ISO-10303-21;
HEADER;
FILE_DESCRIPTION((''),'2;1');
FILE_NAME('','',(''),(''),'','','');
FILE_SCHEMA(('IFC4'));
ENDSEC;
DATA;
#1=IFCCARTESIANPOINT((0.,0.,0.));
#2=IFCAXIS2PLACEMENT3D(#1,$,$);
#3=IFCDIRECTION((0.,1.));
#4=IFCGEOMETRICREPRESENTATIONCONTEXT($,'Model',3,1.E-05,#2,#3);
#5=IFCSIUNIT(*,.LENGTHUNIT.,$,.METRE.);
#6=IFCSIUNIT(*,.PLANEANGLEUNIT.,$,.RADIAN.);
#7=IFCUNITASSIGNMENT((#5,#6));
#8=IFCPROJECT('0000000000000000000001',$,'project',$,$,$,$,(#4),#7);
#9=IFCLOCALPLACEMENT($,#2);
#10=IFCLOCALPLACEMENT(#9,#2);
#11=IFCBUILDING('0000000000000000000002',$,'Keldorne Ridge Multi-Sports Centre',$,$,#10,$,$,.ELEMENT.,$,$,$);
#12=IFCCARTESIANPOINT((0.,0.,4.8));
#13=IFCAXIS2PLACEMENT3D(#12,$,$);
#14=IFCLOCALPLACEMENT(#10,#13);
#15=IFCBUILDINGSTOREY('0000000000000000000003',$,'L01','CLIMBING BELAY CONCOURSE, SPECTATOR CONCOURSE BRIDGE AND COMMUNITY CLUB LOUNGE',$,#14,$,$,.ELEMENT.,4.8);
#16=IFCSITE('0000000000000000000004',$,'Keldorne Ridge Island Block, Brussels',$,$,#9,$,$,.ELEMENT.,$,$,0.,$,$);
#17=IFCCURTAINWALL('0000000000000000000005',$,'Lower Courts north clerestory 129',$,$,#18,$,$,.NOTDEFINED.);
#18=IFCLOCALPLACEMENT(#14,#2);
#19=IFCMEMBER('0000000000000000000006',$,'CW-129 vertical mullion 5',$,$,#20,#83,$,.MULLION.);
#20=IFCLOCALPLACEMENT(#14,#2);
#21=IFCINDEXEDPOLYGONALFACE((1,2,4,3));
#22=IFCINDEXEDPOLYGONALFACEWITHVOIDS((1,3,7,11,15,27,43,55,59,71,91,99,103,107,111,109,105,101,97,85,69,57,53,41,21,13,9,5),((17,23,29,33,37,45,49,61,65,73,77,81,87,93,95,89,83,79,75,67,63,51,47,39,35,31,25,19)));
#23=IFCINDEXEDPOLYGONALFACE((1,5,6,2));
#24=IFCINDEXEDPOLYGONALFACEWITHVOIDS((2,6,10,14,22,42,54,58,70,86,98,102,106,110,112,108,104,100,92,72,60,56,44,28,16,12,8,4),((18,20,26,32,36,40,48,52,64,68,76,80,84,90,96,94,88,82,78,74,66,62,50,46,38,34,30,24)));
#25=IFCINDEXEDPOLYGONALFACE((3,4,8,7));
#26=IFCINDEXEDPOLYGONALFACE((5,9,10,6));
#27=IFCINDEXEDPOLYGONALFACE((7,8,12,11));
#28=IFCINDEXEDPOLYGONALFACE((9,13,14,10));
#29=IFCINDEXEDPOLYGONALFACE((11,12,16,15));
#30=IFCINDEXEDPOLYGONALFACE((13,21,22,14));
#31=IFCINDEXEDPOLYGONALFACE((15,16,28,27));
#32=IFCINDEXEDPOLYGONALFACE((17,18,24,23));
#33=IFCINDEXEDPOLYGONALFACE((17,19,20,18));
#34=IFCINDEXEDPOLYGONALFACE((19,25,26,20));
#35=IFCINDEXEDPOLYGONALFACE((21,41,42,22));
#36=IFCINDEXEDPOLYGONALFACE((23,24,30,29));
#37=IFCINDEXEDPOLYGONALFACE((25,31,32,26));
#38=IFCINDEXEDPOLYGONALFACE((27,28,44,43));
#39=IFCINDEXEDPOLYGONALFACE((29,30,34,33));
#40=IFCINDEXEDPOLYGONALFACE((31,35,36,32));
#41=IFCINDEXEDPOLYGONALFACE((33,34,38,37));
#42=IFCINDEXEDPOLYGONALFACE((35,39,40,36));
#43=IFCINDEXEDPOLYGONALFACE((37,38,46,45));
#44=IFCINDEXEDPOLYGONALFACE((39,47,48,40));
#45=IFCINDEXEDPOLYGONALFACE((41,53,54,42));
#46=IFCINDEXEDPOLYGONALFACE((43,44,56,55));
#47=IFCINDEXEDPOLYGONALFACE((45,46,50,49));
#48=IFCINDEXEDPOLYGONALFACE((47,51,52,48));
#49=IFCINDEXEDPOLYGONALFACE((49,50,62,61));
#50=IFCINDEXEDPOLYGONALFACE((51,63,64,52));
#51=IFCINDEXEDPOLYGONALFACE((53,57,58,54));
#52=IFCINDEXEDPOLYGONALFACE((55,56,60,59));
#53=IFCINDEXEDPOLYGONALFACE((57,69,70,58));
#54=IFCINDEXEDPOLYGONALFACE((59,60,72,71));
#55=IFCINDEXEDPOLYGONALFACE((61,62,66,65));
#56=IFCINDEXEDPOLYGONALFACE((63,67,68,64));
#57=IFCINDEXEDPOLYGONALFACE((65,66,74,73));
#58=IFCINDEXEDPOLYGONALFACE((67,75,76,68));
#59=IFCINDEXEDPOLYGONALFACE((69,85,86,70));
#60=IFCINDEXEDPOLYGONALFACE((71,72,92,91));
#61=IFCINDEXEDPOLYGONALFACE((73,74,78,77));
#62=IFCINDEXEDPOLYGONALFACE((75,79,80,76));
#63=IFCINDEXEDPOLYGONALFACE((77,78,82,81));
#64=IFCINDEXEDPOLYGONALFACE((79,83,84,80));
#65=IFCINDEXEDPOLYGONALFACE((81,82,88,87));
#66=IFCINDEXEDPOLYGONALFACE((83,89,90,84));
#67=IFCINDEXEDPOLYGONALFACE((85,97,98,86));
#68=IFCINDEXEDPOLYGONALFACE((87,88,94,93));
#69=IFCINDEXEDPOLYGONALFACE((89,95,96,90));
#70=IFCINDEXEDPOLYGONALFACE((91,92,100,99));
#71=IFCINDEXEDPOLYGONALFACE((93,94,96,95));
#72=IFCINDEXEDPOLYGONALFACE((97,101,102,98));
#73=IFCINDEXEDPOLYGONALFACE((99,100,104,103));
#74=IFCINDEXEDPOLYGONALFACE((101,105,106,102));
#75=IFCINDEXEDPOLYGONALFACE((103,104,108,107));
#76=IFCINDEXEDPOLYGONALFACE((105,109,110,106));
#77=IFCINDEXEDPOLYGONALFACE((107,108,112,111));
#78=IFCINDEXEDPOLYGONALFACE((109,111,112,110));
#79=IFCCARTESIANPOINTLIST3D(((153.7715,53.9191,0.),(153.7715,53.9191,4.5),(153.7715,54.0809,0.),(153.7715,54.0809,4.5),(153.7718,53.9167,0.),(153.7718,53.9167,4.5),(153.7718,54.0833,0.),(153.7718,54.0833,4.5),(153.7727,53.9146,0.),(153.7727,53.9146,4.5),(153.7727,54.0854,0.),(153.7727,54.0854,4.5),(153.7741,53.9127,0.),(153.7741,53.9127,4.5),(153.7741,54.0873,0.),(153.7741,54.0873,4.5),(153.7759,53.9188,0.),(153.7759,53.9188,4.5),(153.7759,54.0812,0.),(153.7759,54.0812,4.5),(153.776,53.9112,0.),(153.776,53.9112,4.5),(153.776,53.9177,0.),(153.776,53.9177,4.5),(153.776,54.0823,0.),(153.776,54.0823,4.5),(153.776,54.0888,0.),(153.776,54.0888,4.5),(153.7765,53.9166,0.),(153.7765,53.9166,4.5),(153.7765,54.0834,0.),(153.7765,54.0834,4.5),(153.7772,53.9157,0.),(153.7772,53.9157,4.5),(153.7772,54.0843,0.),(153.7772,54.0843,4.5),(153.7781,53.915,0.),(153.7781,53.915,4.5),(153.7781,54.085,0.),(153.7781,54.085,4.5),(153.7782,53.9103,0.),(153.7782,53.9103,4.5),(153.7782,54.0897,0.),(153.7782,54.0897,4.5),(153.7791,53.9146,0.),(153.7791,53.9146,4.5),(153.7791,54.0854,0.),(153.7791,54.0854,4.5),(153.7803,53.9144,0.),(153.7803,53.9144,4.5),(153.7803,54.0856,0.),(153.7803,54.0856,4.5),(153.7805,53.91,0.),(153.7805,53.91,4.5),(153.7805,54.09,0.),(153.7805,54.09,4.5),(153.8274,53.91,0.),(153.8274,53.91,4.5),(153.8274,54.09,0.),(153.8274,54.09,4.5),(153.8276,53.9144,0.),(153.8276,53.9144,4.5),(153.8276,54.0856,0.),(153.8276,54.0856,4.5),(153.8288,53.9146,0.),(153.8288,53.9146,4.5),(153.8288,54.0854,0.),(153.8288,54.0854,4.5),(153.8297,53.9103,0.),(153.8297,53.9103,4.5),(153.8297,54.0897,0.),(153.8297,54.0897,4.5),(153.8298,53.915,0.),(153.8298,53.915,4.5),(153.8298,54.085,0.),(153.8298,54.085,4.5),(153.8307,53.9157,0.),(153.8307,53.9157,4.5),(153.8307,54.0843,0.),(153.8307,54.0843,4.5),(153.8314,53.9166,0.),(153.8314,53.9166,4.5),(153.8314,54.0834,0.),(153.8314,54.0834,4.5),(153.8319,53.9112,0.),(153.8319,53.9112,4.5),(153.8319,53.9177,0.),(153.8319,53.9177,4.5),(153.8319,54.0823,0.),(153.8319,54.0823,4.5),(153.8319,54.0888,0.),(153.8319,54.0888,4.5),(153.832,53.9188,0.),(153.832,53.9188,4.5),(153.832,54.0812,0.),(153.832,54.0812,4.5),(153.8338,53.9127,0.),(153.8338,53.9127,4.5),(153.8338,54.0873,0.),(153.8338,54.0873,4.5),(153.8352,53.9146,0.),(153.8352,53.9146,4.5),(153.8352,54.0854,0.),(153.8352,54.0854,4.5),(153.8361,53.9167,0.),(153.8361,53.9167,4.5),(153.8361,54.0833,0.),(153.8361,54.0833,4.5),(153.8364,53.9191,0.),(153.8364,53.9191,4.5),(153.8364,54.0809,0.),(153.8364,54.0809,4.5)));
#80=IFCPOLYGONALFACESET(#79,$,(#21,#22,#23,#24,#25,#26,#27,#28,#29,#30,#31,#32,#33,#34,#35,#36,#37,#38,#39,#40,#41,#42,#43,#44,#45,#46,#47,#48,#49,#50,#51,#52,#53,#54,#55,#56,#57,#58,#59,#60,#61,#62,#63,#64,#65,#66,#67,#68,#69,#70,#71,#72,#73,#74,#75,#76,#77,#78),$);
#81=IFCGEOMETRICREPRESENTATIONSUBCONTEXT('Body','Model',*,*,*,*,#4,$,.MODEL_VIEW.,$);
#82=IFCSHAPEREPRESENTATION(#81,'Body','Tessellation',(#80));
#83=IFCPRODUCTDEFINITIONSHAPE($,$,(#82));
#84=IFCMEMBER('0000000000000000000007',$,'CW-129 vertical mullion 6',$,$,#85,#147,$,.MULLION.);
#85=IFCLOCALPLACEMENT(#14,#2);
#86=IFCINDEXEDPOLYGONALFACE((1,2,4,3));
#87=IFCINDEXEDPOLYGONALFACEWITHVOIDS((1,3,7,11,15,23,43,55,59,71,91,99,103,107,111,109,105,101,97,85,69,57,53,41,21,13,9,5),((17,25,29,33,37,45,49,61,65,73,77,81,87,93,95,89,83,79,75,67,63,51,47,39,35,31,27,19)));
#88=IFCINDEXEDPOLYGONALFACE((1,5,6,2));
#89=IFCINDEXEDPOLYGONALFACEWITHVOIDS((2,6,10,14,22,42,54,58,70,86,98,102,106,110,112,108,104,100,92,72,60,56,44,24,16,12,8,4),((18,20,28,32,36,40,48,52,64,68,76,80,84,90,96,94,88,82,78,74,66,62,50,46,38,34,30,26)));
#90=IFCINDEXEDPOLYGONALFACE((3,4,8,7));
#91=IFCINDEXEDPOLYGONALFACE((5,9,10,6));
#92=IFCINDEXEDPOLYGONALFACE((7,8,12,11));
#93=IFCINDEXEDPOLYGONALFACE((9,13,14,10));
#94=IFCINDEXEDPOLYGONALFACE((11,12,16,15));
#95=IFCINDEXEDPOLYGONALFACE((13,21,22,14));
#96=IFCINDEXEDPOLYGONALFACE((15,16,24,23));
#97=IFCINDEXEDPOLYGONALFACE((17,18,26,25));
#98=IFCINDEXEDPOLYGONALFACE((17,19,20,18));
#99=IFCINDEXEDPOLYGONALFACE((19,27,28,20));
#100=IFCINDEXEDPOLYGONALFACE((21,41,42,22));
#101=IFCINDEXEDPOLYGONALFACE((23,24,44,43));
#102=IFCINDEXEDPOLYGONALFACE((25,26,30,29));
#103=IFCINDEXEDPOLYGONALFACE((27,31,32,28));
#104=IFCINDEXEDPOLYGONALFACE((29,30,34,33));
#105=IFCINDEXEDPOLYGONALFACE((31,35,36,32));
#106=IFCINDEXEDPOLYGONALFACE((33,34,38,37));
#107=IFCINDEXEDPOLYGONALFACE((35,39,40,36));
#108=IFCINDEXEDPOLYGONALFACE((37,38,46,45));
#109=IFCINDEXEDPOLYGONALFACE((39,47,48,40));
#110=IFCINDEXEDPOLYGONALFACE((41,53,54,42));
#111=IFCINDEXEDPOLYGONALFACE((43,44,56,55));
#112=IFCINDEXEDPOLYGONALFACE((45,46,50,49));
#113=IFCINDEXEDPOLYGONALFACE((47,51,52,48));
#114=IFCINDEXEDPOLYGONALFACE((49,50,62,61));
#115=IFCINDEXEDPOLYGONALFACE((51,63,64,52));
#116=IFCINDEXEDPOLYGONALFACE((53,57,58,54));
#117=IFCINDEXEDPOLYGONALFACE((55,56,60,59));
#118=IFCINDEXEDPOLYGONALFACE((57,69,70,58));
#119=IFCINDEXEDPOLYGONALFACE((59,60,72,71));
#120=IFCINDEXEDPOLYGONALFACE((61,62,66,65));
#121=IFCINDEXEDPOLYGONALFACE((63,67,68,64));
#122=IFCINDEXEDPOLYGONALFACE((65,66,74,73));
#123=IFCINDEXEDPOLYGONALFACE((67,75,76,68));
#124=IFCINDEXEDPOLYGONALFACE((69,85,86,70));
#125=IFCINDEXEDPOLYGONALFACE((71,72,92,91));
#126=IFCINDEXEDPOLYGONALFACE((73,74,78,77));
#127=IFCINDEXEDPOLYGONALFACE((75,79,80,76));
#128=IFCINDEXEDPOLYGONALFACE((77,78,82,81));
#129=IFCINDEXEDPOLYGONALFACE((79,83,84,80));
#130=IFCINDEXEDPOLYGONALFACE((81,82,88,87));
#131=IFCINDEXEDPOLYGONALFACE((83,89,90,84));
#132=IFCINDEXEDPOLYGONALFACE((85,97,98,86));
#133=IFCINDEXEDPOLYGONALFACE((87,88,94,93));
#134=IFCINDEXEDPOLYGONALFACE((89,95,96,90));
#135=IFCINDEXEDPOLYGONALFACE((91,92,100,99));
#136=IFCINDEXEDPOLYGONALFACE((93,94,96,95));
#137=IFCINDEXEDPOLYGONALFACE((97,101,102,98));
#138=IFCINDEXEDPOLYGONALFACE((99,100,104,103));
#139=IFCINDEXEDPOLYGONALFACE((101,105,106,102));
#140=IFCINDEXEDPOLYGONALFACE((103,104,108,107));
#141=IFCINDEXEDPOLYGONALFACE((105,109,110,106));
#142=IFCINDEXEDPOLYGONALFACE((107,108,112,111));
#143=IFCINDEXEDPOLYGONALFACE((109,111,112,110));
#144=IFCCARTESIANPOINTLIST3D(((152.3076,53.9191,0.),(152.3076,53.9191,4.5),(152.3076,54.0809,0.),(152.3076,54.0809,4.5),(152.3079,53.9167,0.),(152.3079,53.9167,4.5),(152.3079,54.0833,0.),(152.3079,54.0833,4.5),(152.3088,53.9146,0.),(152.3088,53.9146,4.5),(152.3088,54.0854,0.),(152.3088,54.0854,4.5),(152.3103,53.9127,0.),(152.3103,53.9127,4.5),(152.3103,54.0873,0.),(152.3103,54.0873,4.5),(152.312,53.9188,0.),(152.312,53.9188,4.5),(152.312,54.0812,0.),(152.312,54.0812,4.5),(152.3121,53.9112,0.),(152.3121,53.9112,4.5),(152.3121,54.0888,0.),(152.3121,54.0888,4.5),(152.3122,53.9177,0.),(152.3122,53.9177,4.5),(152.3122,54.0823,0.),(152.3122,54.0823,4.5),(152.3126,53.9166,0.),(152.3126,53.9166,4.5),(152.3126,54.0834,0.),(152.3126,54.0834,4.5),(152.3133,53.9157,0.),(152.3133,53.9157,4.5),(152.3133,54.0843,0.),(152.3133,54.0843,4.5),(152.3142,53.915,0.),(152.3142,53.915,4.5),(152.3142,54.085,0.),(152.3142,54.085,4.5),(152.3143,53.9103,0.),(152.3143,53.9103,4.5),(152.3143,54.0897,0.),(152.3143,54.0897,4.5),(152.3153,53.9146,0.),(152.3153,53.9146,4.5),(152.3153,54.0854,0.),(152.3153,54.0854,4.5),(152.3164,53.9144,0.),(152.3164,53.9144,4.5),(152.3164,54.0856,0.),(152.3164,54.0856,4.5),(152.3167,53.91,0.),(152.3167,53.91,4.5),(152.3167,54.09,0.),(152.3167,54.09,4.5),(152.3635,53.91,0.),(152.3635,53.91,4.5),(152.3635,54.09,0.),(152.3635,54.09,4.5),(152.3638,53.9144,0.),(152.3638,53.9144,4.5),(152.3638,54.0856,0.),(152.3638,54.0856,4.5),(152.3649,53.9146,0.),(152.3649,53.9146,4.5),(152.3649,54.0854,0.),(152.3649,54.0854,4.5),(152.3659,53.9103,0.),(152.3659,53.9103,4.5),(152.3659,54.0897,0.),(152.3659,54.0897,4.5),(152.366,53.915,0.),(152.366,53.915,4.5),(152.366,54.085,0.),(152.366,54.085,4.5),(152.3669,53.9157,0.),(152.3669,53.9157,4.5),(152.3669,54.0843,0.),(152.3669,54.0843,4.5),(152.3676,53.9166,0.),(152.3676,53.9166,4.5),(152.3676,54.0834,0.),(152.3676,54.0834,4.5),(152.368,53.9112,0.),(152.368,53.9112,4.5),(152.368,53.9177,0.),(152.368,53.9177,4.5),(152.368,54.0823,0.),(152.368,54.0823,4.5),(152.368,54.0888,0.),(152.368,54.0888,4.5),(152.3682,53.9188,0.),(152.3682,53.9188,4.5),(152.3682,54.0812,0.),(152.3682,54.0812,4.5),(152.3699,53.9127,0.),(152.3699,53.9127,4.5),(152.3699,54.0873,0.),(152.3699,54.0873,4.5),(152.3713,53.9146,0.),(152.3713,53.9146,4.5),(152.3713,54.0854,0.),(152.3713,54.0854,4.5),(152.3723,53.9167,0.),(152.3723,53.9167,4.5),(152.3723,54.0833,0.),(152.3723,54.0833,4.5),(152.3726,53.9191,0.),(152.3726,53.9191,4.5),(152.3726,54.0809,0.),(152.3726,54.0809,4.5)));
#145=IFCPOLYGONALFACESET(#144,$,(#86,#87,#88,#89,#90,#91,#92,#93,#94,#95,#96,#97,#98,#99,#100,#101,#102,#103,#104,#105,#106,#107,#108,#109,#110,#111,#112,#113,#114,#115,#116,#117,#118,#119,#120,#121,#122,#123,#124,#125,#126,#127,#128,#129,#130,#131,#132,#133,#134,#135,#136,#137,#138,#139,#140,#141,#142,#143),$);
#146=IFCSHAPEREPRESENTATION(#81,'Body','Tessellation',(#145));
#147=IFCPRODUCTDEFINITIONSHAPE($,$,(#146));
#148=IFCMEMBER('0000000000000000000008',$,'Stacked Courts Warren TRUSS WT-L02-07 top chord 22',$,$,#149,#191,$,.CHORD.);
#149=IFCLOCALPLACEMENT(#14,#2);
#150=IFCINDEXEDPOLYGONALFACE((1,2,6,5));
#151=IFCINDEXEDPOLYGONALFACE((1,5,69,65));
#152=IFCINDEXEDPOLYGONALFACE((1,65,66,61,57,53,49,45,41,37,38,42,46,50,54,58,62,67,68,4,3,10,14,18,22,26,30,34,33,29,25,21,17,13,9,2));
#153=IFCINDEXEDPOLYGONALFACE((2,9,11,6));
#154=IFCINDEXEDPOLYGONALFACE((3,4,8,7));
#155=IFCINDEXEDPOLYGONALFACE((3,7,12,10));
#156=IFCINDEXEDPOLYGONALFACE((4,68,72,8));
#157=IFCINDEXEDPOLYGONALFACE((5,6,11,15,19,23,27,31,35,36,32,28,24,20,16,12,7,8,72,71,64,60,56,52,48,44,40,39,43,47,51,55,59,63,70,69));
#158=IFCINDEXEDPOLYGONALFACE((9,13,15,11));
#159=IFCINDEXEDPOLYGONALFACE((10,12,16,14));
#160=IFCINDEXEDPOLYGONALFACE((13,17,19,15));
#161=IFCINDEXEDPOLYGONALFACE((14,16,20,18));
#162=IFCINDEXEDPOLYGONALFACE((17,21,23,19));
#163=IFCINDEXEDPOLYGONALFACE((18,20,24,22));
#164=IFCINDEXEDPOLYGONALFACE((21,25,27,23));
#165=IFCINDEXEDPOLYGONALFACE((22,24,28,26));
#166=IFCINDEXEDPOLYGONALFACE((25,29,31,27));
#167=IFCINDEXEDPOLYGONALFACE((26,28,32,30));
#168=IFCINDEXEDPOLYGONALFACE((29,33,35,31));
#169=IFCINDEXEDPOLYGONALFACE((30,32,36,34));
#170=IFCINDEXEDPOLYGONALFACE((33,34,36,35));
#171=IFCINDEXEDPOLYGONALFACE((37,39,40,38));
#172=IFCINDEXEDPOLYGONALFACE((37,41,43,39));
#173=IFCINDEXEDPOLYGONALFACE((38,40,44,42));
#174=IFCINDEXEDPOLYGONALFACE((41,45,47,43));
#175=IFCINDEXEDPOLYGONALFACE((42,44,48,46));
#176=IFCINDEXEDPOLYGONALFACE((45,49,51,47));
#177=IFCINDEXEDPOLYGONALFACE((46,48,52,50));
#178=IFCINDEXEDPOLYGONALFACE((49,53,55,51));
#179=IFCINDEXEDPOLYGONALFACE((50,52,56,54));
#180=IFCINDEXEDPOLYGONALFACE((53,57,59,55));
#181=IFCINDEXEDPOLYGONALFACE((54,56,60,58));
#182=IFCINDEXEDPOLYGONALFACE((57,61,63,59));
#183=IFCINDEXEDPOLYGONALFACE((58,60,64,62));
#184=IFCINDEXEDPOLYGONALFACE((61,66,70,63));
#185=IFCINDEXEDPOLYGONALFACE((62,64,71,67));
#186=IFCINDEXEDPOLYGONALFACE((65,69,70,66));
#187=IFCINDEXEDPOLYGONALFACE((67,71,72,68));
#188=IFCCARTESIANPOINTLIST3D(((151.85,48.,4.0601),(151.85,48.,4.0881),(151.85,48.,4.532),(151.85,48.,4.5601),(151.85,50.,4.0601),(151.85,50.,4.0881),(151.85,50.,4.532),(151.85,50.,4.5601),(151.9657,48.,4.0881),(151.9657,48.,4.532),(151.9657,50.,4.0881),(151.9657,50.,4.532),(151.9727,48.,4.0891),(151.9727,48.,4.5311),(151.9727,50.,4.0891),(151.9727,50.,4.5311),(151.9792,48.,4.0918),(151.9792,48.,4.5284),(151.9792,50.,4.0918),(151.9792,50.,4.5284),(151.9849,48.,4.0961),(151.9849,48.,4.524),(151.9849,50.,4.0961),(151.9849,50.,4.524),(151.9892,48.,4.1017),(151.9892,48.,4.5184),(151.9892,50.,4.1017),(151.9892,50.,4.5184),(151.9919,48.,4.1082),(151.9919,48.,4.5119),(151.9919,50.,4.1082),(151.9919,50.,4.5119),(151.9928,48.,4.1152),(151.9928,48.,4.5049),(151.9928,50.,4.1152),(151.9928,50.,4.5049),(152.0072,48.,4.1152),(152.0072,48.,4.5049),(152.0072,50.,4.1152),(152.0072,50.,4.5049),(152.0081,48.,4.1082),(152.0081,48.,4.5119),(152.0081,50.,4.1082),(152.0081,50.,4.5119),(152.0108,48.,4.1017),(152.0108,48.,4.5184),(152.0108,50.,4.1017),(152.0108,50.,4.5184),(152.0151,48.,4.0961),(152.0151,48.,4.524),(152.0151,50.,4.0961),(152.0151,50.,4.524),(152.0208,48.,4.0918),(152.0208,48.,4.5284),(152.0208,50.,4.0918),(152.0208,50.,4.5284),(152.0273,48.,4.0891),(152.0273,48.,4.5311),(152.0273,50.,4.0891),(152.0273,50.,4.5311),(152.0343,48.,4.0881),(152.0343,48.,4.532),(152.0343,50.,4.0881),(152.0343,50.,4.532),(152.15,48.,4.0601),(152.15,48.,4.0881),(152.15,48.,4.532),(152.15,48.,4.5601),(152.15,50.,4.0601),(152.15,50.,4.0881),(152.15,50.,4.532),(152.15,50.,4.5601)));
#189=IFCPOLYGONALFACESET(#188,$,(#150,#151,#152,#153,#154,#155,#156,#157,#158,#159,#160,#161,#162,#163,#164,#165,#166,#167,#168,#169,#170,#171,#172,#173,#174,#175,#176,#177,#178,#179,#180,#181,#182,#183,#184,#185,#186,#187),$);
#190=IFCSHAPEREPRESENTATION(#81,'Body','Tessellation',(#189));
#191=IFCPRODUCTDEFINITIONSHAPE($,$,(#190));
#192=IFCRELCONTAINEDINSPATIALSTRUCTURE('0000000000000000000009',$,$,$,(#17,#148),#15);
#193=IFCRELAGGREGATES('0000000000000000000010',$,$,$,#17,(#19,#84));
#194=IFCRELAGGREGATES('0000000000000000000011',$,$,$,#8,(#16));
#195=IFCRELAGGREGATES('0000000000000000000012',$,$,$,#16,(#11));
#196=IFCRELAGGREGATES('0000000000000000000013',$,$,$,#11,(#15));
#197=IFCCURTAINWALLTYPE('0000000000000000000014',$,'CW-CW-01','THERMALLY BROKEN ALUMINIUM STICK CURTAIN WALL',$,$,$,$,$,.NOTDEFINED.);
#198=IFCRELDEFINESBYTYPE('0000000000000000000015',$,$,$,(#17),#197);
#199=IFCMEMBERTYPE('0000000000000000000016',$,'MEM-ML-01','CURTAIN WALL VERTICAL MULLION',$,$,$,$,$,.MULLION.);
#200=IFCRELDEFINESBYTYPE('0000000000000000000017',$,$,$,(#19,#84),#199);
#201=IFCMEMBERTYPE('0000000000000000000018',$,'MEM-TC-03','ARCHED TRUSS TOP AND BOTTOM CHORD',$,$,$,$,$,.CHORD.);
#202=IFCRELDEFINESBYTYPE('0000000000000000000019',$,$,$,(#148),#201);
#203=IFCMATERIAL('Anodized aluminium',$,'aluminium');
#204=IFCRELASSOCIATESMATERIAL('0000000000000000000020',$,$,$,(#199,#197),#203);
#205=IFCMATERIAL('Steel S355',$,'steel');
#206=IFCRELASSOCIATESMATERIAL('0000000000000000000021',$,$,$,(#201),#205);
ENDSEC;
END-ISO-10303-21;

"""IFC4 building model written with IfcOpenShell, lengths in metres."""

from ifc_helpers import new_model, si_unit, direction, frame, origin, origin_2d, place, context, subcontext, project, spatial, hollow_rectangle, i_section, extrude, material, material_profile, profile_set, type_object, element, aggregate, save


model = new_model("IFC4")

# Units and contexts
model_context = context("Model", 3, precision=1e-05, world=origin(), true_north=direction((0.0, 1.0)))
body_context = subcontext(model_context, "Body", "Model", "MODEL_VIEW")
ifc_project = project(units=[si_unit("LENGTHUNIT", "METRE"), si_unit("PLANEANGLEUNIT", "RADIAN")], contexts=[model_context])

# Site, building, storey
site_placement = place(None, origin())
site = spatial("IfcSite", under=ifc_project, at=site_placement, Name="Keldorne Ridge Island Block, Brussels", CompositionType="ELEMENT", RefElevation=0.0)
building_placement = place(site_placement, origin())
building = spatial("IfcBuilding", under=site, at=building_placement, Name="Keldorne Ridge Multi-Sports Centre", CompositionType="ELEMENT")
storey_placement = place(building_placement, frame((0.0, 0.0, 4.8)))
storey = spatial("IfcBuildingStorey", under=building, at=storey_placement, Name="L01", Description="CLIMBING BELAY CONCOURSE, SPECTATOR CONCOURSE BRIDGE AND COMMUNITY CLUB LOUNGE", CompositionType="ELEMENT", Elevation=4.8)

# Shared definitions
ifc_material_1 = material(Name="Steel S355", Category="steel")

# Shared definitions
ifc_material_2 = material(Name="Anodized aluminium", Category="aluminium")
ifc_material_profile_1 = material_profile(ifc_material_2, hollow_rectangle(XDim=0.0649, YDim=0.1799, WallThickness=0.0044, InnerFilletRadius=0.0044, OuterFilletRadius=0.009, at=origin_2d()), Name="ALU MULLION 180x65x4.5")
ifc_profile_set_1 = profile_set([ifc_material_profile_1], Name="Anodized aluminium")
member_type_1 = type_object("IfcMemberType", Name="MEM-ML-01", Description="CURTAIN WALL VERTICAL MULLION", PredefinedType="MULLION", material=ifc_profile_set_1)

# Curtain wall, members
curtain_wall_type_1 = type_object("IfcCurtainWallType", Name="CW-CW-01", Description="THERMALLY BROKEN ALUMINIUM STICK CURTAIN WALL", PredefinedType="NOTDEFINED", material=ifc_material_2)
curtain_wall_1_placement = place(storey_placement, origin())
curtain_wall_1 = element("IfcCurtainWall", 1, at=curtain_wall_1_placement, inside=storey, type_object=curtain_wall_type_1, Name="Lower Courts north clerestory 129", PredefinedType="NOTDEFINED")
member_1_placement = place(storey_placement, frame((153.804, 54.0, 0.0), z_axis=(0.0, 0.0, 1.0), x_axis=(1.0, 0.0, 0.0)))
member_1 = element("IfcMember", 2, at=member_1_placement, type_object=member_type_1, Name="CW-129 vertical mullion 5", PredefinedType="MULLION", context=body_context, shape_type="SweptSolid", body=[
    extrude(hollow_rectangle(XDim=0.0649, YDim=0.1799, WallThickness=0.0044, InnerFilletRadius=0.0044, OuterFilletRadius=0.009, at=origin_2d()), origin(), (0.0, 0.0, 1.0), 4.5),
])
member_2_placement = place(storey_placement, frame((152.3401, 54.0, 0.0), z_axis=(0.0, 0.0, 1.0), x_axis=(1.0, 0.0, 0.0)))
member_2 = element("IfcMember", 3, at=member_2_placement, type_object=member_type_1, Name="CW-129 vertical mullion 6", PredefinedType="MULLION", context=body_context, shape_type="SweptSolid", body=[
    extrude(hollow_rectangle(XDim=0.0649, YDim=0.1799, WallThickness=0.0044, InnerFilletRadius=0.0044, OuterFilletRadius=0.009, at=origin_2d()), origin(), (0.0, 0.0, 1.0), 4.5),
])

# Member
ifc_material_profile_2 = material_profile(ifc_material_1, i_section(OverallWidth=0.3, OverallDepth=0.5, WebThickness=0.0144, FlangeThickness=0.0281, FilletRadius=0.0271, at=origin_2d()), Name="HEB 500")
ifc_profile_set_2 = profile_set([ifc_material_profile_2], Name="Steel S355")
member_type_2 = type_object("IfcMemberType", Name="MEM-TC-03", Description="ARCHED TRUSS TOP AND BOTTOM CHORD", PredefinedType="CHORD", material=ifc_profile_set_2)
for number, where, z_axis, x_axis, name in (
    (4, (152.0, 48.0, 4.3101), (0.0, 1.0, 0.0), (-1.0, 0.0, 0.0), "Stacked Courts Warren TRUSS WT-L02-07 top chord 22"),
):
    element("IfcMember", number, at=place(storey_placement, frame(where, z_axis=z_axis, x_axis=x_axis)), inside=storey, type_object=member_type_2, Name=name, PredefinedType="CHORD", context=body_context, shape_type="SweptSolid", body=[
        extrude(i_section(OverallWidth=0.3, OverallDepth=0.5, WebThickness=0.0144, FlangeThickness=0.0281, FilletRadius=0.0271, at=origin_2d()), origin(), (0.0, 0.0, 1.0), 2.0),
    ])

aggregate(curtain_wall_1, [member_1, member_2])

save(model, "model.ifc")
